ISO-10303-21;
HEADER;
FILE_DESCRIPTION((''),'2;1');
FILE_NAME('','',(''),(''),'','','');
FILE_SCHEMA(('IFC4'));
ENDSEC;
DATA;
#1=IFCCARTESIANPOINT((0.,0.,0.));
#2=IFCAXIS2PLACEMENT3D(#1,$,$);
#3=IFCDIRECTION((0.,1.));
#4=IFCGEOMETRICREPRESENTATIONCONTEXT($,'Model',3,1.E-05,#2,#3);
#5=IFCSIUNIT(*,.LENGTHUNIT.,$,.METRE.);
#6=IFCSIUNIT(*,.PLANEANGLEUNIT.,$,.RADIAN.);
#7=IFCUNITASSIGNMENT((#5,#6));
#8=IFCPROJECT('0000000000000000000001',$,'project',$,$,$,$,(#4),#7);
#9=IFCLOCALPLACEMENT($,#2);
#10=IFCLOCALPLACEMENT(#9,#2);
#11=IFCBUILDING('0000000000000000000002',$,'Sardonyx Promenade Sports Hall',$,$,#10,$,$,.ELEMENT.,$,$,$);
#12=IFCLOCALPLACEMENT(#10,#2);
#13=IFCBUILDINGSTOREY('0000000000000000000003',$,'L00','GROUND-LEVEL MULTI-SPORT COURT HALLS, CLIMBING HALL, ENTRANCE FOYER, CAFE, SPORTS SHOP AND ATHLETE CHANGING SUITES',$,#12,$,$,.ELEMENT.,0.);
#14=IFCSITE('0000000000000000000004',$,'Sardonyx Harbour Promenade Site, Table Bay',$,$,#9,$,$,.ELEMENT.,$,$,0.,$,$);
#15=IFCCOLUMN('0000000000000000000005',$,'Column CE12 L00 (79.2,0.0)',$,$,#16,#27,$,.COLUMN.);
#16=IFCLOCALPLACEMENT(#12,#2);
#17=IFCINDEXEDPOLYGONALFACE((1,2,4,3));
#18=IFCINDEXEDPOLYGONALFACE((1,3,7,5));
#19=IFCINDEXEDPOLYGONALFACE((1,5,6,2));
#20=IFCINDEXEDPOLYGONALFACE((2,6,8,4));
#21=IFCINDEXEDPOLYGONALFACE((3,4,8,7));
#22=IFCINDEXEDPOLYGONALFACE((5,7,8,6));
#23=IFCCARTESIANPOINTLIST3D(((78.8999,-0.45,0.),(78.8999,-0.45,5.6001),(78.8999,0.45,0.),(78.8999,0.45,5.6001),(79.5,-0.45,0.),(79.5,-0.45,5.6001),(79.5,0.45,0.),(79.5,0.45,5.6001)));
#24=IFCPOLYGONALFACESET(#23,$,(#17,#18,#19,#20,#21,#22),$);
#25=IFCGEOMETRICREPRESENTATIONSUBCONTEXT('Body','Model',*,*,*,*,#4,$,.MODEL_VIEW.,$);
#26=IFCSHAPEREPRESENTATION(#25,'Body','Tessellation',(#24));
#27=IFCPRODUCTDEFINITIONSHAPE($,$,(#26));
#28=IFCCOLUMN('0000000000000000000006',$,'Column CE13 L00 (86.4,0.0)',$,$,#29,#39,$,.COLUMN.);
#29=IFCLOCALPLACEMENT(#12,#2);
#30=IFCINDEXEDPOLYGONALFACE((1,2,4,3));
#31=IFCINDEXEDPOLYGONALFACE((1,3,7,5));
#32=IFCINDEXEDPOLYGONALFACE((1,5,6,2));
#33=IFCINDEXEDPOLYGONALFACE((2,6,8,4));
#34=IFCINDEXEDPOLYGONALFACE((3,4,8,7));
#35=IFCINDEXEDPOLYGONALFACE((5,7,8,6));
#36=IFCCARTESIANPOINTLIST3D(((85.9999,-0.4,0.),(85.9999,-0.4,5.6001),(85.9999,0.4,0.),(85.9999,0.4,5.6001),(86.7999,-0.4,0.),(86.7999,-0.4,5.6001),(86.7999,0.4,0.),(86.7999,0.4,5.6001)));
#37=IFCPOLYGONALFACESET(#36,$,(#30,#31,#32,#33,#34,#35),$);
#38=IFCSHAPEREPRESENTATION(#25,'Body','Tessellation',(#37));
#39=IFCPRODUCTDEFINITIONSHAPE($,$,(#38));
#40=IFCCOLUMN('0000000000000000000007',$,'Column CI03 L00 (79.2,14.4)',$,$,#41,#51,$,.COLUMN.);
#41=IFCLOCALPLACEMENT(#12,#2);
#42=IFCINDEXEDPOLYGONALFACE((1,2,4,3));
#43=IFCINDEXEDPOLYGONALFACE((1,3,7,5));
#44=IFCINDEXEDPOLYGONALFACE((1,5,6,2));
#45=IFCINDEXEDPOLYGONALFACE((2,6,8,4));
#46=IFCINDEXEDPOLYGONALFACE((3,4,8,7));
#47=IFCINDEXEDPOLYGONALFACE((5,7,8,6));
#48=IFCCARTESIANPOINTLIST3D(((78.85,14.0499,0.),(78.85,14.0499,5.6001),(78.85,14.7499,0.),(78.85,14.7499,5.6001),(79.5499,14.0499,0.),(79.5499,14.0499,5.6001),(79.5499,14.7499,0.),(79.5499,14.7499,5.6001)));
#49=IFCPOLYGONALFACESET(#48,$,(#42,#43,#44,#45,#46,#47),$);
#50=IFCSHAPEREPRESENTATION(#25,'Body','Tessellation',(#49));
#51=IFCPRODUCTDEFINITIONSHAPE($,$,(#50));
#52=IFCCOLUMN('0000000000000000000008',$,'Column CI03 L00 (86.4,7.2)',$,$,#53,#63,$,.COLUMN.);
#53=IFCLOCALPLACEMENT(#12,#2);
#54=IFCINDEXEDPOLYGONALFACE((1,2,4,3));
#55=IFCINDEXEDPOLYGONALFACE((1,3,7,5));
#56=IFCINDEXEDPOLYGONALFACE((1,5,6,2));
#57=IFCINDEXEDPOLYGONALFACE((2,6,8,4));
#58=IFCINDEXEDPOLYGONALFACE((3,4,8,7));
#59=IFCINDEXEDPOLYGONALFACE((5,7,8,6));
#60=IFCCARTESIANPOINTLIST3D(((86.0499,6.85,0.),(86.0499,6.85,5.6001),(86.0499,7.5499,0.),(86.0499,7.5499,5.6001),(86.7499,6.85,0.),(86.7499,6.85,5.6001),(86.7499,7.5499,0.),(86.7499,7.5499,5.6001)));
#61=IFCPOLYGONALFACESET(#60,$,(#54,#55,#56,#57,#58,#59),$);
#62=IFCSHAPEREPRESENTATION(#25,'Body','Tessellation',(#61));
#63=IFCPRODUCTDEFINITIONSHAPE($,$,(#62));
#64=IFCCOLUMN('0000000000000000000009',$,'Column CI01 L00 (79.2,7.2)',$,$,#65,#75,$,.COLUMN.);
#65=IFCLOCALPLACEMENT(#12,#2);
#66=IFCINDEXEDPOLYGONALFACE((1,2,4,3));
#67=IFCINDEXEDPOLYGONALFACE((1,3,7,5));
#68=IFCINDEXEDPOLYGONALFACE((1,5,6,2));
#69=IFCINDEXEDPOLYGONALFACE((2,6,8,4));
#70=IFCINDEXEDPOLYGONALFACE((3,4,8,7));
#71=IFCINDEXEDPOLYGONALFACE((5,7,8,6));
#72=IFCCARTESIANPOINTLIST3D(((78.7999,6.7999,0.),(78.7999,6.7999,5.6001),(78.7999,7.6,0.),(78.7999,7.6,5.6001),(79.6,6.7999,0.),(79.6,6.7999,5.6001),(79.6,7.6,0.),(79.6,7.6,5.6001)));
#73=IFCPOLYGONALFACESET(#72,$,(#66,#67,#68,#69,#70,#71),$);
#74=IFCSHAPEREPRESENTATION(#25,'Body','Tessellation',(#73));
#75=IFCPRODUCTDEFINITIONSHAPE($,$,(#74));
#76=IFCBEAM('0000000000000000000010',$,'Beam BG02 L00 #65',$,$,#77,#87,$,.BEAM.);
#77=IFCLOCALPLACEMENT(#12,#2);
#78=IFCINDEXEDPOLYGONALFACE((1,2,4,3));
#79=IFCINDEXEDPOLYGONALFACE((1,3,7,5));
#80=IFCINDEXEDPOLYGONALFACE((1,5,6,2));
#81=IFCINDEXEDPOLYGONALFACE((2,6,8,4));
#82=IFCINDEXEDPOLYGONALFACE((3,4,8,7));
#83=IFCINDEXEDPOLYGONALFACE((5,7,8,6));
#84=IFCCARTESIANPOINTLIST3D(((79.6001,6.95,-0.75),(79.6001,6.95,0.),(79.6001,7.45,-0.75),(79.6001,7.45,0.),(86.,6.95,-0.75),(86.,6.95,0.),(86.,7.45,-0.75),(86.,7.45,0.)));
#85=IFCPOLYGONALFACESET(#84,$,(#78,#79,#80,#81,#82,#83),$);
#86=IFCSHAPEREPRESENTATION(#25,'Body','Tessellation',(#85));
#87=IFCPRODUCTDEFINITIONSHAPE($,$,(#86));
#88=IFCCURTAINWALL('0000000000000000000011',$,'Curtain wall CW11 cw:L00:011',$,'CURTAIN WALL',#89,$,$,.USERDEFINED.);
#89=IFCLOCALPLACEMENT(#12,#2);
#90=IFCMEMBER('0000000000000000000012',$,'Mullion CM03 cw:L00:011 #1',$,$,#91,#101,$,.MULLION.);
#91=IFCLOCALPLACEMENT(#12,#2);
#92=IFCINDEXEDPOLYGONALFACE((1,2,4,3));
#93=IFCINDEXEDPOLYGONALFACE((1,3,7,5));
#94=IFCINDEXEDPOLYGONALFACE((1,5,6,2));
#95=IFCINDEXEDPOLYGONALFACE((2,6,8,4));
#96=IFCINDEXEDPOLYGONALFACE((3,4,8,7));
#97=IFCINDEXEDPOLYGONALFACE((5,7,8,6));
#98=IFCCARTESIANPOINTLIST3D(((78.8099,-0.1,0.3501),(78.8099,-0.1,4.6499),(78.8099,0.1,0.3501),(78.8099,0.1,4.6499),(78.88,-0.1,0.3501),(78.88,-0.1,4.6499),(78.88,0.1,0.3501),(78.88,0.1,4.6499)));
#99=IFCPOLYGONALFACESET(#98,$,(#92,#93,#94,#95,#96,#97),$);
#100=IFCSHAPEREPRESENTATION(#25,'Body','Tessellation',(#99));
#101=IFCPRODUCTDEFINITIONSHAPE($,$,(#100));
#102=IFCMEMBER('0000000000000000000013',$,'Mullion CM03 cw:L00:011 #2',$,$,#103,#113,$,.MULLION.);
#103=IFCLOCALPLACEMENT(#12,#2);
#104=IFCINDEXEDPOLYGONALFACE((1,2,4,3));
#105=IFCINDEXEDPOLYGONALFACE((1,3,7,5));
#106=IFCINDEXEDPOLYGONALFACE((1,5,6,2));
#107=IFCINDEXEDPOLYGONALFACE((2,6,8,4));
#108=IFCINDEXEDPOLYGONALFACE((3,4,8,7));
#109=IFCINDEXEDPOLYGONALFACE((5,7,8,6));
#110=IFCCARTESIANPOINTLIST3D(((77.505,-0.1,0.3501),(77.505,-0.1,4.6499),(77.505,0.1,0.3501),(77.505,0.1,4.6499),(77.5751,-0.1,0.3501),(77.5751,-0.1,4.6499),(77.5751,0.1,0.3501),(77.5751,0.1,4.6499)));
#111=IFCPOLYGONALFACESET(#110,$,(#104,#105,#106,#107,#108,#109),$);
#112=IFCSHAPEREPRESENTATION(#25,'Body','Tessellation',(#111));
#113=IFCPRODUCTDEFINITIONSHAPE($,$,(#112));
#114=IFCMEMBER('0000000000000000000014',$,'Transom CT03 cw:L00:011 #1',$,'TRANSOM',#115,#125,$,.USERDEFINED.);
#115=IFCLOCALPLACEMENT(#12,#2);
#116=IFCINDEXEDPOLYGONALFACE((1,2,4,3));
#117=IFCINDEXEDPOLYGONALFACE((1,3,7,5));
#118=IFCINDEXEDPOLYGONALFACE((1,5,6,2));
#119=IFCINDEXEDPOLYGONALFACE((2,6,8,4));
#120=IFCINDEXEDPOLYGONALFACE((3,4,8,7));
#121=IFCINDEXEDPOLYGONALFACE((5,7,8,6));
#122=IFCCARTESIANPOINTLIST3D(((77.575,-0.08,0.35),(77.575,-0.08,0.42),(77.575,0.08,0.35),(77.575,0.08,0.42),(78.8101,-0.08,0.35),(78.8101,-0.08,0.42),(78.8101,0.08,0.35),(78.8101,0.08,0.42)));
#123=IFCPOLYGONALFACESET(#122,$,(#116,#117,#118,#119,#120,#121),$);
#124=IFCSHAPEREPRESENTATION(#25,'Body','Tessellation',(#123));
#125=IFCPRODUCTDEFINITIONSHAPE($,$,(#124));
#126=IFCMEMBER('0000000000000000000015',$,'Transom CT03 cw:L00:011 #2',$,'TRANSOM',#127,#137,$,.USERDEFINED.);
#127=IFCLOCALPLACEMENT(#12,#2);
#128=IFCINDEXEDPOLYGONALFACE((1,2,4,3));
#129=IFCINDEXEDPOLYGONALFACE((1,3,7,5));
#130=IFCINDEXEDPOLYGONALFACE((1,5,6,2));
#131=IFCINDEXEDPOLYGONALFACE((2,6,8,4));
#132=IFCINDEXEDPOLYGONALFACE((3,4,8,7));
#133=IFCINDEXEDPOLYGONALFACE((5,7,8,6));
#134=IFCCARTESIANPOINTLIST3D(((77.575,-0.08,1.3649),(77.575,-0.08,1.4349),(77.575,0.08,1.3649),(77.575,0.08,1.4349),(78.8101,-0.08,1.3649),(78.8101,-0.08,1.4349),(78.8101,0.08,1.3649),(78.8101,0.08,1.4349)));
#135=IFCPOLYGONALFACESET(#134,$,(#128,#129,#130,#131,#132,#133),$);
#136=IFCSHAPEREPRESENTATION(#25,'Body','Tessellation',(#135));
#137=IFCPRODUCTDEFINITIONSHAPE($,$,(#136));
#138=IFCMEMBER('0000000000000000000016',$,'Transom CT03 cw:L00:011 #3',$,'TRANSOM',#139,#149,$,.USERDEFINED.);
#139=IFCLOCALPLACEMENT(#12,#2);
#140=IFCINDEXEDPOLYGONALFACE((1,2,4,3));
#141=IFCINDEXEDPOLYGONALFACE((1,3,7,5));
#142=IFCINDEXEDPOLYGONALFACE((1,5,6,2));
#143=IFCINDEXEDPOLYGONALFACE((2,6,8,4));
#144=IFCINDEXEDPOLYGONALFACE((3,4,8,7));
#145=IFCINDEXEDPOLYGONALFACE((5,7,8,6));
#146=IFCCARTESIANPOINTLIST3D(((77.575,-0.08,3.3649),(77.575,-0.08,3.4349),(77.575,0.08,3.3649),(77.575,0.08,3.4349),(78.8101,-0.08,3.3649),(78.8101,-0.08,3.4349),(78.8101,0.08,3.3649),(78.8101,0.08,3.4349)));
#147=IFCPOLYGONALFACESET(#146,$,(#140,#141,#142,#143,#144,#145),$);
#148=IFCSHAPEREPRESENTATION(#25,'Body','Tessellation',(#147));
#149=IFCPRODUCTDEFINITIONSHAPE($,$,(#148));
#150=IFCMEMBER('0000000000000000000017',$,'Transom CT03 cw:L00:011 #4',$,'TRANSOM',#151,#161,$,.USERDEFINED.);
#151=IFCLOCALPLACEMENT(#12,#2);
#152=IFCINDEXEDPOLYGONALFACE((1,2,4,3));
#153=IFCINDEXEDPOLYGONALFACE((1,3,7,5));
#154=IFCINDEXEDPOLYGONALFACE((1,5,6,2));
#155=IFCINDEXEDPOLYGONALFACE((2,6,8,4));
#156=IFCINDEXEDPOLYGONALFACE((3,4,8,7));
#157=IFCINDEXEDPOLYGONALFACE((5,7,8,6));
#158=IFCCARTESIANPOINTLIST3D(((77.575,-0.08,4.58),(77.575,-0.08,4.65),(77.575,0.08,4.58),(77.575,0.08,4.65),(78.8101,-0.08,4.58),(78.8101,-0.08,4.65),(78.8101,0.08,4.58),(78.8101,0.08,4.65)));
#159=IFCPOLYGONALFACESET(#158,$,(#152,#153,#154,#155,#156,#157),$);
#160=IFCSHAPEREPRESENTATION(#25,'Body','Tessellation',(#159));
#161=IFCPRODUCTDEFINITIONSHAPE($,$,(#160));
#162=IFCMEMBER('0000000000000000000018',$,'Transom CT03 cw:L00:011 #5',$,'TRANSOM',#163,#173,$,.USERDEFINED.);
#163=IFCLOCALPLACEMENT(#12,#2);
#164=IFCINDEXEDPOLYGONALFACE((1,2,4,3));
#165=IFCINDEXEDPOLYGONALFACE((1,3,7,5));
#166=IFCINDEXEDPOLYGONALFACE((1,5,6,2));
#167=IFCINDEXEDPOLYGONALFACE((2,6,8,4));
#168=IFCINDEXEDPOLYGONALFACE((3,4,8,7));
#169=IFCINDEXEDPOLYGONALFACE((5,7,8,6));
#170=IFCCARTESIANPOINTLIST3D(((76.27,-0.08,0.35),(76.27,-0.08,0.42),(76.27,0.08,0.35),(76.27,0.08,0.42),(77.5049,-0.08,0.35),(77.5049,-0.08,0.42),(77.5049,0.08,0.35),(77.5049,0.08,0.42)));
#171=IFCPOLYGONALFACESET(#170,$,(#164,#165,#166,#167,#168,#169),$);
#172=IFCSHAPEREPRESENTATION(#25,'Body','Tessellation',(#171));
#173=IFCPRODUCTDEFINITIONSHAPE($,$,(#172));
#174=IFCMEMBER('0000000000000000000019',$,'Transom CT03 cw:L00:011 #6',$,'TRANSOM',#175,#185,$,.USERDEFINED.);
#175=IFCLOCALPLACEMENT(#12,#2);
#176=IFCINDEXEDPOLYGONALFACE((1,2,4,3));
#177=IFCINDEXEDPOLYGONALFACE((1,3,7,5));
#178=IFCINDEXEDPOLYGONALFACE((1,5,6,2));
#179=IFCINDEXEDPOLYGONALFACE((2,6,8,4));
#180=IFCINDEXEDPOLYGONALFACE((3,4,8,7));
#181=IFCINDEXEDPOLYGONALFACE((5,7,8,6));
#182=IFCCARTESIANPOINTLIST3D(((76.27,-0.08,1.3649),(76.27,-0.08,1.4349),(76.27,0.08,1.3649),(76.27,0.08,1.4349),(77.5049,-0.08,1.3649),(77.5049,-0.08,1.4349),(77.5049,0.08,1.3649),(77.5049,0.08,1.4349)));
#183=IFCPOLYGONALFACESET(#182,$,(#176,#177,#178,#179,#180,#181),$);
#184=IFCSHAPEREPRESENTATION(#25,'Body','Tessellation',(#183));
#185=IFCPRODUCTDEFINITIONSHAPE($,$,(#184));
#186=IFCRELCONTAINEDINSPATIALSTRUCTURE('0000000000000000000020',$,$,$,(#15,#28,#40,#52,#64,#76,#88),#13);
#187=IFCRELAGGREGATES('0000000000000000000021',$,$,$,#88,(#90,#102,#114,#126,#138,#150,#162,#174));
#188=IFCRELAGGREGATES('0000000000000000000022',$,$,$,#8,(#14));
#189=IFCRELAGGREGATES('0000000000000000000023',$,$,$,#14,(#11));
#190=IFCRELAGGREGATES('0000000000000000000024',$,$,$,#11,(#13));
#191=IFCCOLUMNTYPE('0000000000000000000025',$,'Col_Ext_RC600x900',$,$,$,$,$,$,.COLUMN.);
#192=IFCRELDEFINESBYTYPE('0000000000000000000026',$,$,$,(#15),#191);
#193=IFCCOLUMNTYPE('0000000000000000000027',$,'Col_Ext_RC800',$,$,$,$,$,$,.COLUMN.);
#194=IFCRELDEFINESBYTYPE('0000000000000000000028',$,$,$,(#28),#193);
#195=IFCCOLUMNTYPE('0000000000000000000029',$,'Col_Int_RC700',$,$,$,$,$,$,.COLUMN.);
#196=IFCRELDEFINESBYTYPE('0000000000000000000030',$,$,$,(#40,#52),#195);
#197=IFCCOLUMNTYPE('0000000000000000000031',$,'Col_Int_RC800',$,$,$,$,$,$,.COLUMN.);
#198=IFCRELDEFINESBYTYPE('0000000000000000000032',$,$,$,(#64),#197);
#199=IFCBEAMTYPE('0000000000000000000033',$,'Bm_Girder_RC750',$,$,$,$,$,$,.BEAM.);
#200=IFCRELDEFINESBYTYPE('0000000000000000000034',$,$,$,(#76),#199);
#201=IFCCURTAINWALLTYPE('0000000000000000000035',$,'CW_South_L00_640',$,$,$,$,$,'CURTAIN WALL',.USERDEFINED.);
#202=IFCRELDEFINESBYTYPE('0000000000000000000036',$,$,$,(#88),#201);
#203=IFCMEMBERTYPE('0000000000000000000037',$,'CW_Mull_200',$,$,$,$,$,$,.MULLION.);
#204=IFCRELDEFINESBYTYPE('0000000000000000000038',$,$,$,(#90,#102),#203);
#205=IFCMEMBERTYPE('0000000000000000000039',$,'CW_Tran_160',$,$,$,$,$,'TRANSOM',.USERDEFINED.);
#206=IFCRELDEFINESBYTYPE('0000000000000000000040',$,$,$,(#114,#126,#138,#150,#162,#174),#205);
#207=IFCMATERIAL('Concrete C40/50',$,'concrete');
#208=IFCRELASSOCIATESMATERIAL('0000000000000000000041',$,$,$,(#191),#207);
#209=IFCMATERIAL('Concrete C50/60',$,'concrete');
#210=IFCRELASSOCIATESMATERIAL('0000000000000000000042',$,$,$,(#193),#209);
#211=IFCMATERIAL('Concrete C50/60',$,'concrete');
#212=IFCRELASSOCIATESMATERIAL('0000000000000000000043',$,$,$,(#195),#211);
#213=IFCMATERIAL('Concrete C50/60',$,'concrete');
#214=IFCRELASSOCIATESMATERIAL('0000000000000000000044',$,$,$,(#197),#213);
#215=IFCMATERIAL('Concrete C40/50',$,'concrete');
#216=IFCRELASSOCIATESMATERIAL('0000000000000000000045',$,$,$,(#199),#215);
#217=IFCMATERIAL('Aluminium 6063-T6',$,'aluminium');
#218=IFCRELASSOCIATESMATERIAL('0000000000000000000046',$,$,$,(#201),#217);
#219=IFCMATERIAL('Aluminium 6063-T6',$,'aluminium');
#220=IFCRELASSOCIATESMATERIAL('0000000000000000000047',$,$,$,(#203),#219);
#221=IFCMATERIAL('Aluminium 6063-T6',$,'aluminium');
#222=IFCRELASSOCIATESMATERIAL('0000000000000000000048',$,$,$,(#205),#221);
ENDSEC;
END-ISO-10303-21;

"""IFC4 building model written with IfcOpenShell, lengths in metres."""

from ifc_helpers import new_model, si_unit, direction, frame, origin, origin_2d, place, context, subcontext, project, spatial, rectangle, extrude, material, material_profile, profile_set, type_object, element, aggregate, save


model = new_model("IFC4")

# Units and contexts
model_context = context("Model", 3, precision=1e-05, world=origin(), true_north=direction((0.0, 1.0)))
body_context = subcontext(model_context, "Body", "Model", "MODEL_VIEW")
ifc_project = project(units=[si_unit("LENGTHUNIT", "METRE"), si_unit("PLANEANGLEUNIT", "RADIAN")], contexts=[model_context])

# Site, building, storey
site_placement = place(None, origin())
site = spatial("IfcSite", under=ifc_project, at=site_placement, Name="Sardonyx Harbour Promenade Site, Table Bay", CompositionType="ELEMENT", RefElevation=0.0)
building_placement = place(site_placement, origin())
building = spatial("IfcBuilding", under=site, at=building_placement, Name="Sardonyx Promenade Sports Hall", CompositionType="ELEMENT")
storey_placement = place(building_placement, origin())
storey = spatial("IfcBuildingStorey", under=building, at=storey_placement, Name="L00", Description="GROUND-LEVEL MULTI-SPORT COURT HALLS, CLIMBING HALL, ENTRANCE FOYER, CAFE, SPORTS SHOP AND ATHLETE CHANGING SUITES", CompositionType="ELEMENT", Elevation=0.0)

# Columns
ifc_material_1 = material(Name="Concrete C40/50", Category="concrete")
ifc_material_profile_1 = material_profile(ifc_material_1, rectangle(XDim=0.6001, YDim=0.8999, at=origin_2d()))
ifc_profile_set_1 = profile_set([ifc_material_profile_1], Name="Concrete C40/50")
column_type_1 = type_object("IfcColumnType", Name="Col_Ext_RC600x900", PredefinedType="COLUMN", material=ifc_profile_set_1)
column_1_placement = place(storey_placement, frame((79.2, 0.0, 0.0), z_axis=(0.0, 0.0, 1.0), x_axis=(1.0, 0.0, 0.0)))
element("IfcColumn", 1, at=column_1_placement, inside=storey, type_object=column_type_1, Name="Column CE12 L00 (79.2,0.0)", PredefinedType="COLUMN", context=body_context, shape_type="SweptSolid", body=[
    extrude(rectangle(XDim=0.6001, YDim=0.8999, at=origin_2d()), origin(), (0.0, 0.0, 1.0), 5.6001),
])
ifc_material_2 = material(Name="Concrete C50/60", Category="concrete")
ifc_material_profile_2 = material_profile(ifc_material_2, rectangle(XDim=0.8, YDim=0.8, at=origin_2d()))
ifc_profile_set_2 = profile_set([ifc_material_profile_2], Name="Concrete C50/60")
column_type_2 = type_object("IfcColumnType", Name="Col_Ext_RC800", PredefinedType="COLUMN", material=ifc_profile_set_2)
column_2_placement = place(storey_placement, frame((86.3999, 0.0, 0.0), z_axis=(0.0, 0.0, 1.0), x_axis=(1.0, 0.0, 0.0)))
element("IfcColumn", 2, at=column_2_placement, inside=storey, type_object=column_type_2, Name="Column CE13 L00 (86.4,0.0)", PredefinedType="COLUMN", context=body_context, shape_type="SweptSolid", body=[
    extrude(rectangle(XDim=0.8, YDim=0.8, at=origin_2d()), origin(), (0.0, 0.0, 1.0), 5.6001),
])
ifc_material_3 = material(Name="Concrete C50/60", Category="concrete")
ifc_material_profile_3 = material_profile(ifc_material_3, rectangle(XDim=0.7, YDim=0.7, at=origin_2d()))
ifc_profile_set_3 = profile_set([ifc_material_profile_3], Name="Concrete C50/60")
column_type_3 = type_object("IfcColumnType", Name="Col_Int_RC700", PredefinedType="COLUMN", material=ifc_profile_set_3)
for number, where, z_axis, x_axis, name in (
    (3, (79.2, 14.3999, 0.0), (0.0, 0.0, 1.0), (1.0, 0.0, 0.0), "Column CI03 L00 (79.2,14.4)"),
    (4, (86.3999, 7.2, 0.0), (0.0, 0.0, 1.0), (1.0, 0.0, 0.0), "Column CI03 L00 (86.4,7.2)"),
):
    element("IfcColumn", number, at=place(storey_placement, frame(where, z_axis=z_axis, x_axis=x_axis)), inside=storey, type_object=column_type_3, Name=name, PredefinedType="COLUMN", context=body_context, shape_type="SweptSolid", body=[
        extrude(rectangle(XDim=0.7, YDim=0.7, at=origin_2d()), origin(), (0.0, 0.0, 1.0), 5.6001),
    ])
ifc_material_4 = material(Name="Concrete C50/60", Category="concrete")
ifc_material_profile_4 = material_profile(ifc_material_4, rectangle(XDim=0.8, YDim=0.8, at=origin_2d()))
ifc_profile_set_4 = profile_set([ifc_material_profile_4], Name="Concrete C50/60")
column_type_4 = type_object("IfcColumnType", Name="Col_Int_RC800", PredefinedType="COLUMN", material=ifc_profile_set_4)
column_3_placement = place(storey_placement, frame((79.2, 7.2, 0.0), z_axis=(0.0, 0.0, 1.0), x_axis=(1.0, 0.0, 0.0)))
element("IfcColumn", 5, at=column_3_placement, inside=storey, type_object=column_type_4, Name="Column CI01 L00 (79.2,7.2)", PredefinedType="COLUMN", context=body_context, shape_type="SweptSolid", body=[
    extrude(rectangle(XDim=0.8, YDim=0.8, at=origin_2d()), origin(), (0.0, 0.0, 1.0), 5.6001),
])

# Beam
ifc_material_5 = material(Name="Concrete C40/50", Category="concrete")
ifc_material_profile_5 = material_profile(ifc_material_5, rectangle(XDim=0.5, YDim=0.75, at=origin_2d()))
ifc_profile_set_5 = profile_set([ifc_material_profile_5], Name="Concrete C40/50")
beam_type = type_object("IfcBeamType", Name="Bm_Girder_RC750", PredefinedType="BEAM", material=ifc_profile_set_5)
beam_placement = place(storey_placement, frame((79.6001, 7.2, -0.375), z_axis=(1.0, 0.0, 0.0), x_axis=(0.0, 1.0, 0.0)))
element("IfcBeam", 6, at=beam_placement, inside=storey, type_object=beam_type, Name="Beam BG02 L00 #65", PredefinedType="BEAM", context=body_context, shape_type="SweptSolid", body=[
    extrude(rectangle(XDim=0.5, YDim=0.75, at=origin_2d()), origin(), (0.0, 0.0, 1.0), 6.3999),
])

# Curtain wall, members
ifc_material_6 = material(Name="Aluminium 6063-T6", Category="aluminium")
curtain_wall_type = type_object("IfcCurtainWallType", Name="CW_South_L00_640", ElementType="CURTAIN WALL", PredefinedType="USERDEFINED", material=ifc_material_6)
curtain_wall_placement = place(storey_placement, origin())
curtain_wall = element("IfcCurtainWall", 7, at=curtain_wall_placement, inside=storey, type_object=curtain_wall_type, Name="Curtain wall CW11 cw:L00:011", ObjectType="CURTAIN WALL", PredefinedType="USERDEFINED")
ifc_material_7 = material(Name="Aluminium 6063-T6", Category="aluminium")
ifc_material_profile_6 = material_profile(ifc_material_7, rectangle(XDim=0.0701, YDim=0.2, at=origin_2d()))
ifc_profile_set_6 = profile_set([ifc_material_profile_6], Name="Aluminium 6063-T6")
member_type_1 = type_object("IfcMemberType", Name="CW_Mull_200", PredefinedType="MULLION", material=ifc_profile_set_6)
member_1_placement = place(storey_placement, frame((78.845, 0.0, 0.3501), z_axis=(0.0, 0.0, 1.0), x_axis=(-1.0, 0.0, 0.0)))
member_1 = element("IfcMember", 8, at=member_1_placement, type_object=member_type_1, Name="Mullion CM03 cw:L00:011 #1", PredefinedType="MULLION", context=body_context, shape_type="SweptSolid", body=[
    extrude(rectangle(XDim=0.0701, YDim=0.2, at=origin_2d()), origin(), (0.0, 0.0, 1.0), 4.2998),
])
member_2_placement = place(storey_placement, frame((77.54, 0.0, 0.3501), z_axis=(0.0, 0.0, 1.0), x_axis=(-1.0, 0.0, 0.0)))
member_2 = element("IfcMember", 9, at=member_2_placement, type_object=member_type_1, Name="Mullion CM03 cw:L00:011 #2", PredefinedType="MULLION", context=body_context, shape_type="SweptSolid", body=[
    extrude(rectangle(XDim=0.0701, YDim=0.2, at=origin_2d()), origin(), (0.0, 0.0, 1.0), 4.2998),
])
ifc_material_8 = material(Name="Aluminium 6063-T6", Category="aluminium")
ifc_material_profile_7 = material_profile(ifc_material_8, rectangle(XDim=0.0701, YDim=0.1599, at=origin_2d()))
ifc_profile_set_7 = profile_set([ifc_material_profile_7], Name="Aluminium 6063-T6")
member_type_2 = type_object("IfcMemberType", Name="CW_Tran_160", ElementType="TRANSOM", PredefinedType="USERDEFINED", material=ifc_profile_set_7)
member_3_placement = place(storey_placement, frame((78.8101, 0.0, 0.385), z_axis=(-1.0, 0.0, 0.0), x_axis=(0.0, 0.0, 1.0)))
member_3 = element("IfcMember", 10, at=member_3_placement, type_object=member_type_2, Name="Transom CT03 cw:L00:011 #1", ObjectType="TRANSOM", PredefinedType="USERDEFINED", context=body_context, shape_type="SweptSolid", body=[
    extrude(rectangle(XDim=0.0701, YDim=0.1599, at=origin_2d()), origin(), (0.0, 0.0, 1.0), 1.2351),
])
member_4_placement = place(storey_placement, frame((78.8101, 0.0, 1.3999), z_axis=(-1.0, 0.0, 0.0), x_axis=(0.0, 0.0, 1.0)))
member_4 = element("IfcMember", 11, at=member_4_placement, type_object=member_type_2, Name="Transom CT03 cw:L00:011 #2", ObjectType="TRANSOM", PredefinedType="USERDEFINED", context=body_context, shape_type="SweptSolid", body=[
    extrude(rectangle(XDim=0.0701, YDim=0.1599, at=origin_2d()), origin(), (0.0, 0.0, 1.0), 1.2351),
])
member_5_placement = place(storey_placement, frame((78.8101, 0.0, 3.3999), z_axis=(-1.0, 0.0, 0.0), x_axis=(0.0, 0.0, 1.0)))
member_5 = element("IfcMember", 12, at=member_5_placement, type_object=member_type_2, Name="Transom CT03 cw:L00:011 #3", ObjectType="TRANSOM", PredefinedType="USERDEFINED", context=body_context, shape_type="SweptSolid", body=[
    extrude(rectangle(XDim=0.0701, YDim=0.1599, at=origin_2d()), origin(), (0.0, 0.0, 1.0), 1.2351),
])
member_6_placement = place(storey_placement, frame((78.8101, 0.0, 4.615), z_axis=(-1.0, 0.0, 0.0), x_axis=(0.0, 0.0, 1.0)))
member_6 = element("IfcMember", 13, at=member_6_placement, type_object=member_type_2, Name="Transom CT03 cw:L00:011 #4", ObjectType="TRANSOM", PredefinedType="USERDEFINED", context=body_context, shape_type="SweptSolid", body=[
    extrude(rectangle(XDim=0.0701, YDim=0.1599, at=origin_2d()), origin(), (0.0, 0.0, 1.0), 1.2351),
])
member_7_placement = place(storey_placement, frame((77.5049, 0.0, 0.385), z_axis=(-1.0, 0.0, 0.0), x_axis=(0.0, 0.0, 1.0)))
member_7 = element("IfcMember", 14, at=member_7_placement, type_object=member_type_2, Name="Transom CT03 cw:L00:011 #5", ObjectType="TRANSOM", PredefinedType="USERDEFINED", context=body_context, shape_type="SweptSolid", body=[
    extrude(rectangle(XDim=0.0701, YDim=0.1599, at=origin_2d()), origin(), (0.0, 0.0, 1.0), 1.2349),
])
member_8_placement = place(storey_placement, frame((77.5049, 0.0, 1.3999), z_axis=(-1.0, 0.0, 0.0), x_axis=(0.0, 0.0, 1.0)))
member_8 = element("IfcMember", 15, at=member_8_placement, type_object=member_type_2, Name="Transom CT03 cw:L00:011 #6", ObjectType="TRANSOM", PredefinedType="USERDEFINED", context=body_context, shape_type="SweptSolid", body=[
    extrude(rectangle(XDim=0.0701, YDim=0.1599, at=origin_2d()), origin(), (0.0, 0.0, 1.0), 1.2349),
])
aggregate(curtain_wall, [member_1, member_2, member_3, member_4, member_5, member_6, member_7, member_8])

save(model, "model.ifc")
